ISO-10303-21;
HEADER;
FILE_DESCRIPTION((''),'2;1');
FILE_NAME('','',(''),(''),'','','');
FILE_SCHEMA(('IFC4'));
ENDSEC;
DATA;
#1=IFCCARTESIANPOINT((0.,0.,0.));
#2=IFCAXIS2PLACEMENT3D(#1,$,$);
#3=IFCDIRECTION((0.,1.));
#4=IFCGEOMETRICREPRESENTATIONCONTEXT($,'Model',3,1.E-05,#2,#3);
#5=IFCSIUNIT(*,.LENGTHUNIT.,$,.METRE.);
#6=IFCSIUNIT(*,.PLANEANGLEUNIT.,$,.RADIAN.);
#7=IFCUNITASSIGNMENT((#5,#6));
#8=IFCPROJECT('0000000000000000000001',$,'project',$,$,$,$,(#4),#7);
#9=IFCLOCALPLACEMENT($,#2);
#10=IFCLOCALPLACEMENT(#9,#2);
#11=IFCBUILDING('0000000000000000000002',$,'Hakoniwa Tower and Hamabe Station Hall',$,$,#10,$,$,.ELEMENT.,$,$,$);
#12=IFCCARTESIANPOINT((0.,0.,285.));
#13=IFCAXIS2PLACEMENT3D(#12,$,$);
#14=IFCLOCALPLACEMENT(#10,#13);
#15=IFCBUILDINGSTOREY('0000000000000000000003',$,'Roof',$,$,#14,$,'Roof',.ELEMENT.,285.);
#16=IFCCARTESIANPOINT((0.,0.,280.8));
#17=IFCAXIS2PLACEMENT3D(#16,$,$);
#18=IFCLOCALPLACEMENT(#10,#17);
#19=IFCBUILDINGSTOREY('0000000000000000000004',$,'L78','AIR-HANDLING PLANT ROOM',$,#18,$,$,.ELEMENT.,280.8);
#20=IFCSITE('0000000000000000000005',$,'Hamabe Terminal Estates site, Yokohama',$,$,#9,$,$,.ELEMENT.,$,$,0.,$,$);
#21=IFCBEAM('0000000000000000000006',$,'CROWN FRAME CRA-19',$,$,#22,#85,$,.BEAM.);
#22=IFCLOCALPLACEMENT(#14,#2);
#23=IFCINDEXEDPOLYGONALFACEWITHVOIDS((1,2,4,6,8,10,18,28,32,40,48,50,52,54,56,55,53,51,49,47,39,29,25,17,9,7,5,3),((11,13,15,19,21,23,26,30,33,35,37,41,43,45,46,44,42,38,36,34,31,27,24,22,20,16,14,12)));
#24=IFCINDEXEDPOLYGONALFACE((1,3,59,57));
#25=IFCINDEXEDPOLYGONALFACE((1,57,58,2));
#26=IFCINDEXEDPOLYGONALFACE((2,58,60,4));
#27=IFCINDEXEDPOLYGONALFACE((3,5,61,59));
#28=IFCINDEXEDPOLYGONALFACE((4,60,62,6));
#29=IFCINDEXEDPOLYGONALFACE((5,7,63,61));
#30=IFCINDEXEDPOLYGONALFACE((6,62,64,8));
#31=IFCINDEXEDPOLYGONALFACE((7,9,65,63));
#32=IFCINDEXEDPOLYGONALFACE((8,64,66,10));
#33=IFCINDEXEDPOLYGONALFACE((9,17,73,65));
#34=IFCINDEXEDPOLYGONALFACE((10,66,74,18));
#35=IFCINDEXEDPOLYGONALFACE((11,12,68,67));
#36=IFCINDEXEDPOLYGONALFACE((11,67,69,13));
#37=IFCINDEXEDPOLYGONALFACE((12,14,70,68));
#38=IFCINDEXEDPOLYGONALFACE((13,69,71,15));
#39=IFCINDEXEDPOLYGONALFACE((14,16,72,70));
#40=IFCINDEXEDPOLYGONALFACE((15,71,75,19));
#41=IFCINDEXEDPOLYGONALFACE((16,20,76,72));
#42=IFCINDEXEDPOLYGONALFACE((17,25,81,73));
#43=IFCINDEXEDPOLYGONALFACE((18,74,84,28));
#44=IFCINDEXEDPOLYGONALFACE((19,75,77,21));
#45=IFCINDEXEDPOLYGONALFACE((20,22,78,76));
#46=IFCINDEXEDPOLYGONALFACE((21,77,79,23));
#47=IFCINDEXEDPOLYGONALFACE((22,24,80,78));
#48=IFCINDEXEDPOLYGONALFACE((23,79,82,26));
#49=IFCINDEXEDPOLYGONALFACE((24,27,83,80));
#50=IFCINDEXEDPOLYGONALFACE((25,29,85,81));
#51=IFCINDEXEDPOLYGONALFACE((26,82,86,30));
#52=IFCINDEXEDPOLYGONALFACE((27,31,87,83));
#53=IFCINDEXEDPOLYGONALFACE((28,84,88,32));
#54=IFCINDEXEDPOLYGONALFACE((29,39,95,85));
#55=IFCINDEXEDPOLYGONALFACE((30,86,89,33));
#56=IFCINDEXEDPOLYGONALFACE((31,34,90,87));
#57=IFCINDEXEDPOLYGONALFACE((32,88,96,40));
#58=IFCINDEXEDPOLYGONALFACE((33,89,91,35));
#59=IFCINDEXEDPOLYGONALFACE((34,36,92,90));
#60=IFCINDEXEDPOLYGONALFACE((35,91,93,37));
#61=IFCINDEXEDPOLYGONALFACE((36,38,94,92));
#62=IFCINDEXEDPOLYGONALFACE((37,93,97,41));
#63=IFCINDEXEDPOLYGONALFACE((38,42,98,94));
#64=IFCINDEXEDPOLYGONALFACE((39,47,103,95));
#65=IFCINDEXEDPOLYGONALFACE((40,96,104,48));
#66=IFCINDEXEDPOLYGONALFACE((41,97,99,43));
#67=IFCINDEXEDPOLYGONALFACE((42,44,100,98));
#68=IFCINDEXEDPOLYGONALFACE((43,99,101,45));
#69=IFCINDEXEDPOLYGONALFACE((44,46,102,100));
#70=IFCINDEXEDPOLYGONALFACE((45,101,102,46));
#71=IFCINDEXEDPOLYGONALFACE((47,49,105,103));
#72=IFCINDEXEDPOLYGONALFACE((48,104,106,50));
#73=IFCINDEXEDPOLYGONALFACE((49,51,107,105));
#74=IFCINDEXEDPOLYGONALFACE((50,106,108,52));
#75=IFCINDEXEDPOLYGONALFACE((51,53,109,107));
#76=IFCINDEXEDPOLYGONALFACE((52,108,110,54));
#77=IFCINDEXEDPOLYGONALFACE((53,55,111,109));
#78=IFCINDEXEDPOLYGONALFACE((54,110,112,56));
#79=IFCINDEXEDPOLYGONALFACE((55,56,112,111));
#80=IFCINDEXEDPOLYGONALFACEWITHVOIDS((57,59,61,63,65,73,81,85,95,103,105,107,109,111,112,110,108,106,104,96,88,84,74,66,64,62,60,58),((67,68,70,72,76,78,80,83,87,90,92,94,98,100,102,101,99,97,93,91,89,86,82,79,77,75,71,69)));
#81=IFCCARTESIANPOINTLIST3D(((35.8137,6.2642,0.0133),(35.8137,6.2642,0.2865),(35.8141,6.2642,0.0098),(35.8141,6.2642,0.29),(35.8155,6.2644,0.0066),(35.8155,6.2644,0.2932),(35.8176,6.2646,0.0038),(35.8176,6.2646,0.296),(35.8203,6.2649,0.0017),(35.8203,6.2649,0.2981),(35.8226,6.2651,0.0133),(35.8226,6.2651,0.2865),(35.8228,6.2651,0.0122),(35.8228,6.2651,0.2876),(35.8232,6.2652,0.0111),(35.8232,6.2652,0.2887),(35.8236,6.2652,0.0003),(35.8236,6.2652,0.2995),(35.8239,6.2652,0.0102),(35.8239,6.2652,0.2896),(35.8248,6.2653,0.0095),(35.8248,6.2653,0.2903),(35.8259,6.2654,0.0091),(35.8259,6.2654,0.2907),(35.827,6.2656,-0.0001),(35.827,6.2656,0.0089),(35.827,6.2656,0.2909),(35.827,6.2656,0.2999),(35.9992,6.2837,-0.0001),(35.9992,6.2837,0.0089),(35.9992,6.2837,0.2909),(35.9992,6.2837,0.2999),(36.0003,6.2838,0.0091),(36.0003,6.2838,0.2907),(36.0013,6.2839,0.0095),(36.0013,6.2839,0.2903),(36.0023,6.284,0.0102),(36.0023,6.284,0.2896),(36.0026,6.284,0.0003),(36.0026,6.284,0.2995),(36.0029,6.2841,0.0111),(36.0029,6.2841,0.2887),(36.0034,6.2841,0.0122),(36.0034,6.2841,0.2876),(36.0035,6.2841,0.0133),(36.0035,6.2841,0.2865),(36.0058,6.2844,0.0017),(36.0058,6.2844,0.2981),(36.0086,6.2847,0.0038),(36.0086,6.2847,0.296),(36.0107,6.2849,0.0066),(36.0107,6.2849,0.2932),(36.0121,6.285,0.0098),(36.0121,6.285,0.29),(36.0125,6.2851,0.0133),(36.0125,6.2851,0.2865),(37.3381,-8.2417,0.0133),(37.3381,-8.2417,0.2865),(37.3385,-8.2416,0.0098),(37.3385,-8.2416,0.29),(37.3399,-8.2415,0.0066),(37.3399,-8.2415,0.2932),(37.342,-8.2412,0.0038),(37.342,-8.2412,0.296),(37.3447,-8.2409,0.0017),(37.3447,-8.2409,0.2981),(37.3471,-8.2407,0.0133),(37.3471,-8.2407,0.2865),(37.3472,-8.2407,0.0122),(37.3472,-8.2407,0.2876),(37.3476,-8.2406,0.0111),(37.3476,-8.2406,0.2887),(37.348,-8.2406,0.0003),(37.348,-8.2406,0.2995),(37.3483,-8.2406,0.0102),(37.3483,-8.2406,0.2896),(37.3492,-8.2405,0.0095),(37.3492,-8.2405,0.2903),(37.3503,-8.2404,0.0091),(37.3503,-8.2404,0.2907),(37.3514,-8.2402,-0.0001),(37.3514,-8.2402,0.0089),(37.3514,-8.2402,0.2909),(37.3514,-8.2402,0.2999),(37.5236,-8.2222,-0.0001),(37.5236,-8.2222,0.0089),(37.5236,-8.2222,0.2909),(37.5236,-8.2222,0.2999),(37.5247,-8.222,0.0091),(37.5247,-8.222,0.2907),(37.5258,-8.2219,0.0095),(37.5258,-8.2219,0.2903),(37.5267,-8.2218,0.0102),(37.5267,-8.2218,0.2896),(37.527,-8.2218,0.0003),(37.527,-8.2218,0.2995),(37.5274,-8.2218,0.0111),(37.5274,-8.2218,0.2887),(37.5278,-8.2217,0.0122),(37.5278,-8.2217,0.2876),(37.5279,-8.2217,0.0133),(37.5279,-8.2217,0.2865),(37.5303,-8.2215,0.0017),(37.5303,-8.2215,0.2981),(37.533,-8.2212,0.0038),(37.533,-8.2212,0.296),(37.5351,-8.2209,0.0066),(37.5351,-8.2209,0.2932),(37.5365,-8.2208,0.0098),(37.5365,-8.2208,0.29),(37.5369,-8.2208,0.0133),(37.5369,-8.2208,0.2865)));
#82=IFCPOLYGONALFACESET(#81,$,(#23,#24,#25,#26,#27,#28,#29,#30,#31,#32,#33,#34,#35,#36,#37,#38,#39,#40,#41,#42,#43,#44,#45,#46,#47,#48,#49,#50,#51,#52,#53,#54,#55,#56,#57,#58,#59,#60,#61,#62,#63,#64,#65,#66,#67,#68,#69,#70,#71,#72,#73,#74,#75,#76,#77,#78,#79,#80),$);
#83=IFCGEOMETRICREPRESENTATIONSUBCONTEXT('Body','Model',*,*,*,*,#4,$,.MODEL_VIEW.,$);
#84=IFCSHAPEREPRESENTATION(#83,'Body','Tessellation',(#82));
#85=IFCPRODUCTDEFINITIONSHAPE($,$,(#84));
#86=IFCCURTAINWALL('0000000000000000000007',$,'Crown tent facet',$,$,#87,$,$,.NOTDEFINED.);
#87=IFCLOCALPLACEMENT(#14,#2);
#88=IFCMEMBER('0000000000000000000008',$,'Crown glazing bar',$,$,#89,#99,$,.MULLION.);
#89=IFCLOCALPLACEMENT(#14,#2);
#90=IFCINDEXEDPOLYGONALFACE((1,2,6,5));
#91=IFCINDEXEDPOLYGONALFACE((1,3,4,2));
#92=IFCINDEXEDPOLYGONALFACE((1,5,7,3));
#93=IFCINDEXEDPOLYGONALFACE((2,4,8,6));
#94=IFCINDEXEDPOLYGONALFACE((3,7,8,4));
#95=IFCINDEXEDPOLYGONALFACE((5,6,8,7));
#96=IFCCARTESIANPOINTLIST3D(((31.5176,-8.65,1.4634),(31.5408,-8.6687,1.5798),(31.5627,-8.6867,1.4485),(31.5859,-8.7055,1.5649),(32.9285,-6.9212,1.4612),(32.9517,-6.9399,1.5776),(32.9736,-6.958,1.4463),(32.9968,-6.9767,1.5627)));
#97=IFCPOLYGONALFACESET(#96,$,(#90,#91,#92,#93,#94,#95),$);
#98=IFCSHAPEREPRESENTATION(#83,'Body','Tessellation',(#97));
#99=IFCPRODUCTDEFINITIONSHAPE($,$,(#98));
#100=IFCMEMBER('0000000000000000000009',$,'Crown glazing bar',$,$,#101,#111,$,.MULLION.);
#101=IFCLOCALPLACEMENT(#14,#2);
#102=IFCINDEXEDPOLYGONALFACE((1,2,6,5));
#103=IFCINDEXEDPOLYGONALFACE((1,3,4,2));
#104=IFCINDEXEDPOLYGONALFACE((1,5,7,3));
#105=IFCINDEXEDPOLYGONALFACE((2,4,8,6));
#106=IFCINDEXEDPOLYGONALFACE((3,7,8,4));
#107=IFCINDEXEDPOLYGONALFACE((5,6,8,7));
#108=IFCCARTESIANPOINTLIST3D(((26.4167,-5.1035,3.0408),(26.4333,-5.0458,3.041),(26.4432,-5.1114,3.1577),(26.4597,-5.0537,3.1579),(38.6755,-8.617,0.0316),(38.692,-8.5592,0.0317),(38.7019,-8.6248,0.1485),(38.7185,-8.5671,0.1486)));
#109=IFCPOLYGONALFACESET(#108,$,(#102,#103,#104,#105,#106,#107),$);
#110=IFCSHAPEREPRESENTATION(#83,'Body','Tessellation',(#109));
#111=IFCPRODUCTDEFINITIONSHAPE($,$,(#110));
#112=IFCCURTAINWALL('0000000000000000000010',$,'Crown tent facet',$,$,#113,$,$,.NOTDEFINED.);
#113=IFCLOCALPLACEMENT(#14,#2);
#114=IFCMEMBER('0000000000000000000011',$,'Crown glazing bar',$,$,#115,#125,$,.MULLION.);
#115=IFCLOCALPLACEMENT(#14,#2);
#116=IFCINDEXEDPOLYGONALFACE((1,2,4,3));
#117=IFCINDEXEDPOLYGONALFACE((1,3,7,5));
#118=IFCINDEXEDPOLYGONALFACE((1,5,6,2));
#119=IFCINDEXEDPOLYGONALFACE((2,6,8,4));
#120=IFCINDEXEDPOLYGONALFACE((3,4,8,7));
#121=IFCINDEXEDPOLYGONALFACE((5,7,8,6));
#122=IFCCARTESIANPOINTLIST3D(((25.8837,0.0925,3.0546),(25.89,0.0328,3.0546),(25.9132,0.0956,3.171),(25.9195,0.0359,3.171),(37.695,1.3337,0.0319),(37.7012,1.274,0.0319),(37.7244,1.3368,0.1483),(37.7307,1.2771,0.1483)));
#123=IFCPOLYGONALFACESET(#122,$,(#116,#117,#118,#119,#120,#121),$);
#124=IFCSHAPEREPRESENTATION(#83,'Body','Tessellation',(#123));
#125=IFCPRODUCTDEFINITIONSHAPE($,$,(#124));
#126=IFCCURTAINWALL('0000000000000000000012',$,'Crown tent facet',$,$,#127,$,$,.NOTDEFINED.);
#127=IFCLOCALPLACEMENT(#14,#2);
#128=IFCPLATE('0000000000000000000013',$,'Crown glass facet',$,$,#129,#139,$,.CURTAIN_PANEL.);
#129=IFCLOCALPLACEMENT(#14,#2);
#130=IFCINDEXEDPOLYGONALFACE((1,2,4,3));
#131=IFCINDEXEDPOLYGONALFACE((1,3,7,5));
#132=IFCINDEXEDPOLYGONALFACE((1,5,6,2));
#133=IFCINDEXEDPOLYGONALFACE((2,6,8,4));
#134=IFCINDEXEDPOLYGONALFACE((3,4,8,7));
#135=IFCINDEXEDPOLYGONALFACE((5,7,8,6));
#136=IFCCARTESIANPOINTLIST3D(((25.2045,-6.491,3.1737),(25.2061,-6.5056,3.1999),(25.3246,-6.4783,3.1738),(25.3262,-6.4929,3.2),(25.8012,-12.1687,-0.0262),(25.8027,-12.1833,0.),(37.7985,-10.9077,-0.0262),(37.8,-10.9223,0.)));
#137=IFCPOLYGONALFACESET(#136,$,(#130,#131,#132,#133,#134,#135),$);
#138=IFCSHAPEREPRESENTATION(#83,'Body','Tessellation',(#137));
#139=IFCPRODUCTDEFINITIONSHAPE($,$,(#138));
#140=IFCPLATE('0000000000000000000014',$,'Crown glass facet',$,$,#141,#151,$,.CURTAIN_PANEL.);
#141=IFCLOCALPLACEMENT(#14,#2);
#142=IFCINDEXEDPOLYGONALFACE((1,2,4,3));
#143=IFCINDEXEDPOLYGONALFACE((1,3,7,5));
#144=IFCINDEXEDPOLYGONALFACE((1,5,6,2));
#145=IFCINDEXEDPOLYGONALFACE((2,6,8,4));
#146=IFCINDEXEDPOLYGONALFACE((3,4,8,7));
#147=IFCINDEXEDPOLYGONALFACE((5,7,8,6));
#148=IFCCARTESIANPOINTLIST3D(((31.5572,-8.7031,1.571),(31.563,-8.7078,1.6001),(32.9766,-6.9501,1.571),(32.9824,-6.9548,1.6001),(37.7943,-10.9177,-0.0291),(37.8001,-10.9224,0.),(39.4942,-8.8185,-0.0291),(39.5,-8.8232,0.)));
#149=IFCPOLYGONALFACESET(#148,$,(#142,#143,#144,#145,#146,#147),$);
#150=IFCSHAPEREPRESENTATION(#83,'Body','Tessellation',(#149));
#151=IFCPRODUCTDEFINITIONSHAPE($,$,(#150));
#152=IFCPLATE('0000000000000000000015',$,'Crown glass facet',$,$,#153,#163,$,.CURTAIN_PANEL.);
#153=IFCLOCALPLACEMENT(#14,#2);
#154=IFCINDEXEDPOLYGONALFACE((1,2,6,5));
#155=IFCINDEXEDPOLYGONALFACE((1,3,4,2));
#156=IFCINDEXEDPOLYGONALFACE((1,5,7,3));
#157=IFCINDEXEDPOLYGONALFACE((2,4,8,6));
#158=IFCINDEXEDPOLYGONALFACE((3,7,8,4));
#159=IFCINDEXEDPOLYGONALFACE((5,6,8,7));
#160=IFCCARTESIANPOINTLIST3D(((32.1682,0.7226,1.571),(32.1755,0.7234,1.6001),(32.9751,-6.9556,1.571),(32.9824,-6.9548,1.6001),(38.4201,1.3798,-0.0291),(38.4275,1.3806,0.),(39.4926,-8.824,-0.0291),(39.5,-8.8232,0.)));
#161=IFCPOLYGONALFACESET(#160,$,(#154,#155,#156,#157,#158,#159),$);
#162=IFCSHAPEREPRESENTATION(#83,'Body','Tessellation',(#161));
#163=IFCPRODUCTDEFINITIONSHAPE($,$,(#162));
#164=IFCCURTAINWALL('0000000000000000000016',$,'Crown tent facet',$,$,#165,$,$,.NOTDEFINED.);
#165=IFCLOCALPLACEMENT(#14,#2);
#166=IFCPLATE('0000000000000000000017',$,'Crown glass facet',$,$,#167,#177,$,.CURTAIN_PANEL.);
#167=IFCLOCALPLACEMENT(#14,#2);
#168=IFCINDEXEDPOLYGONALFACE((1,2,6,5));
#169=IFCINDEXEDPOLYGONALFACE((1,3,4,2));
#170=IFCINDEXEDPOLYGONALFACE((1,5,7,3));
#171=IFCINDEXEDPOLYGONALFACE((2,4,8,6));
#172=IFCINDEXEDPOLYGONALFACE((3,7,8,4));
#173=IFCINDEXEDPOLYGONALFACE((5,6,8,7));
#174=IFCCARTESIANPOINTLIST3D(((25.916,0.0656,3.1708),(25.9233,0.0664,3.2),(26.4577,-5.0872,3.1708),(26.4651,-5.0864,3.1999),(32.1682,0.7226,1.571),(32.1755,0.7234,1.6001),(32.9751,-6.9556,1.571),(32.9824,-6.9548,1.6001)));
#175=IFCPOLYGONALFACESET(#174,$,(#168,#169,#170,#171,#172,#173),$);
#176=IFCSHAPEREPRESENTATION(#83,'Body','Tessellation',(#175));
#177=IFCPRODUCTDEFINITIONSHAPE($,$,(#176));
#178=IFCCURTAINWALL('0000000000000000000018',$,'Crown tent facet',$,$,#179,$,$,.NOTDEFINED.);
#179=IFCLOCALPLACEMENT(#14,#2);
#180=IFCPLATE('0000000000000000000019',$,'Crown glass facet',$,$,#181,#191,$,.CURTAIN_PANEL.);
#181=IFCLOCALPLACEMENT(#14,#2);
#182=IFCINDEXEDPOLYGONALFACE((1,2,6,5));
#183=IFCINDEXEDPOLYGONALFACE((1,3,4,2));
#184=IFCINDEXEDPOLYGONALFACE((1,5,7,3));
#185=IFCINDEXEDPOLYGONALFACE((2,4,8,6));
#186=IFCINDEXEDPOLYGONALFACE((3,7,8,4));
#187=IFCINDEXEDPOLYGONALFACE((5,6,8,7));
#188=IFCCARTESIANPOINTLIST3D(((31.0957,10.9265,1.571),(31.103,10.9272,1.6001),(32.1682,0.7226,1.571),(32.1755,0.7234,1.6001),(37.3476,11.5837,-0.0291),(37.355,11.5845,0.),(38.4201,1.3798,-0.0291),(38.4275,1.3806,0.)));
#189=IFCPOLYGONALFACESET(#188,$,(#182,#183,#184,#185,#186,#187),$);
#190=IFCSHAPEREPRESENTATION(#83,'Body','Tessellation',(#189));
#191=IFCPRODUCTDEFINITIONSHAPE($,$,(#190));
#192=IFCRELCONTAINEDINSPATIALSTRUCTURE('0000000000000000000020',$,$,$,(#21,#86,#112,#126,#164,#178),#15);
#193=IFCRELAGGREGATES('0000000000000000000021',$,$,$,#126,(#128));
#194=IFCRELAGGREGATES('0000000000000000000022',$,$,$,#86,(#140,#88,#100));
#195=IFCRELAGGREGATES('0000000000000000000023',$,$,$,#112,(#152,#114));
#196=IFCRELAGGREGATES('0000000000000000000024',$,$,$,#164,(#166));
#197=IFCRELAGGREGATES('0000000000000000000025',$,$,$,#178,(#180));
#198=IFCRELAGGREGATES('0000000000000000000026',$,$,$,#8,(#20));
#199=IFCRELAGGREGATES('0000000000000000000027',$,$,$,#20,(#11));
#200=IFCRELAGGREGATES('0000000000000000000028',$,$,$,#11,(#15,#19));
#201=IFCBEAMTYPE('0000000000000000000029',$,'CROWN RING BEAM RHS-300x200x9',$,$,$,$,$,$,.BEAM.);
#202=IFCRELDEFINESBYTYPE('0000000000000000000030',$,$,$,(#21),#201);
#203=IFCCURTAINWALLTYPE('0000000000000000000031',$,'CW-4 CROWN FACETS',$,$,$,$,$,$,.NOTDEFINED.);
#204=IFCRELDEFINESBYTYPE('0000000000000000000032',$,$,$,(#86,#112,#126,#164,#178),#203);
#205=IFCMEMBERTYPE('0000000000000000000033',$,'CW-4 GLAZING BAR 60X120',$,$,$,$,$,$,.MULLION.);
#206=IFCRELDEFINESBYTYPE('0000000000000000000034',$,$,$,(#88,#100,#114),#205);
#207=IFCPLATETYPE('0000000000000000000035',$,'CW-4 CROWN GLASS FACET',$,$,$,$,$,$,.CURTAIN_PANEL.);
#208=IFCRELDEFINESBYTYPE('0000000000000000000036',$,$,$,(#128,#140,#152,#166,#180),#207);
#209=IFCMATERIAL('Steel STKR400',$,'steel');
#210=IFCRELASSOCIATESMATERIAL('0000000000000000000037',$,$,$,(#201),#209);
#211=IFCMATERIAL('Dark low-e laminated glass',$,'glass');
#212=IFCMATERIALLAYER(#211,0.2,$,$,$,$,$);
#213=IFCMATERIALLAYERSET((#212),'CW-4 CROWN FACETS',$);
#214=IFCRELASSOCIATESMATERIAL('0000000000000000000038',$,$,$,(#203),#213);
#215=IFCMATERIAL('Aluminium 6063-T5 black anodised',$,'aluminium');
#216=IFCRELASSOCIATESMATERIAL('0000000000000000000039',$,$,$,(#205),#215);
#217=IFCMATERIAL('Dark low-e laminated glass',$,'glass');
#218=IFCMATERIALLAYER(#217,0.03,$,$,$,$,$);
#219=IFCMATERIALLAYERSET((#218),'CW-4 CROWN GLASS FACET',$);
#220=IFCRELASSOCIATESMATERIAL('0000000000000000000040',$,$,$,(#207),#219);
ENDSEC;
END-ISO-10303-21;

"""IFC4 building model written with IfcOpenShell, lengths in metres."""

from ifc_helpers import new_model, si_unit, direction, frame, origin, origin_2d, place, context, subcontext, project, spatial, polyline, rectangle, hollow_rectangle, outline, extrude, material, layer, layer_set, material_profile, profile_set, type_object, element, aggregate, save


model = new_model("IFC4")

# Units and contexts
model_context = context("Model", 3, precision=1e-05, world=origin(), true_north=direction((0.0, 1.0)))
body_context = subcontext(model_context, "Body", "Model", "MODEL_VIEW")
ifc_project = project(units=[si_unit("LENGTHUNIT", "METRE"), si_unit("PLANEANGLEUNIT", "RADIAN")], contexts=[model_context])

# Site, building, storey
site_placement = place(None, origin())
site = spatial("IfcSite", under=ifc_project, at=site_placement, Name="Hamabe Terminal Estates site, Yokohama", CompositionType="ELEMENT", RefElevation=0.0)
building_placement = place(site_placement, origin())
building = spatial("IfcBuilding", under=site, at=building_placement, Name="Hakoniwa Tower and Hamabe Station Hall", CompositionType="ELEMENT")
storey_1_placement = place(building_placement, frame((0.0, 0.0, 285.0)))
storey_1 = spatial("IfcBuildingStorey", under=building, at=storey_1_placement, Name="Roof", LongName="Roof", CompositionType="ELEMENT", Elevation=285.0)

# Beam
ifc_material_1 = material(Name="Steel STKR400", Category="steel")
ifc_material_profile_1 = material_profile(ifc_material_1, hollow_rectangle(XDim=0.2, YDim=0.3, WallThickness=0.009, InnerFilletRadius=0.0044, OuterFilletRadius=0.0134, at=origin_2d()), Name="RHS-300x200x9")
ifc_profile_set_1 = profile_set([ifc_material_profile_1], Name="Steel STKR400")
beam_type = type_object("IfcBeamType", Name="CROWN RING BEAM RHS-300x200x9", PredefinedType="BEAM", material=ifc_profile_set_1)
beam_1_placement = place(storey_1_placement, frame((37.4375, -8.2312, 0.1499), z_axis=(-0.104514, 0.994523, 0.0), x_axis=(-0.994523, -0.104514, 0.0)))
element("IfcBeam", 1, at=beam_1_placement, inside=storey_1, type_object=beam_type, Name="CROWN FRAME CRA-19", PredefinedType="BEAM", context=body_context, shape_type="SweptSolid", body=[
    extrude(hollow_rectangle(XDim=0.2, YDim=0.3, WallThickness=0.009, InnerFilletRadius=0.0044, OuterFilletRadius=0.0134, at=origin_2d()), origin(), (0.0, 0.0, 1.0), 14.5857),
])

# Curtain wall, members
ifc_material_2 = material(Name="Dark low-e laminated glass", Category="glass")
ifc_layer_1 = layer(ifc_material_2, 0.2)
ifc_layer_set_1 = layer_set([ifc_layer_1], Name="CW-4 CROWN FACETS")
curtain_wall_type = type_object("IfcCurtainWallType", Name="CW-4 CROWN FACETS", PredefinedType="NOTDEFINED", material=ifc_layer_set_1)
curtain_wall_1_placement = place(storey_1_placement, origin())
curtain_wall_1 = element("IfcCurtainWall", 2, at=curtain_wall_1_placement, inside=storey_1, type_object=curtain_wall_type, Name="Crown tent facet", PredefinedType="NOTDEFINED")
ifc_material_3 = material(Name="Aluminium 6063-T5 black anodised", Category="aluminium")
ifc_material_profile_2 = material_profile(ifc_material_3, rectangle(XDim=0.0601, YDim=0.1201, at=origin_2d()), Name="CW-4 GLAZING BAR 60X120")
ifc_profile_set_2 = profile_set([ifc_material_profile_2], Name="Aluminium 6063-T5 black anodised")
member_type_1 = type_object("IfcMemberType", Name="CW-4 GLAZING BAR 60X120", PredefinedType="MULLION", material=ifc_profile_set_2)
member_1_placement = place(storey_1_placement, frame((31.5518, -8.6777, 1.5142), z_axis=(0.632284, 0.774736, -0.000985), x_axis=(-0.750311, 0.612665, 0.248343)))
member_1 = element("IfcMember", 3, at=member_1_placement, type_object=member_type_1, Name="Crown glazing bar", PredefinedType="MULLION", context=body_context, shape_type="SweptSolid", body=[
    extrude(rectangle(XDim=0.0601, YDim=0.1201, at=origin_2d()), origin(), (0.0, 0.0, 1.0), 2.2314),
])
member_2_placement = place(storey_1_placement, frame((26.4382, -5.0786, 3.0994), z_axis=(0.935601, -0.268148, -0.22967), x_axis=(0.276033, 0.961146, 0.002296)))
member_2 = element("IfcMember", 4, at=member_2_placement, type_object=member_type_1, Name="Crown glazing bar", PredefinedType="MULLION", context=body_context, shape_type="SweptSolid", body=[
    extrude(rectangle(XDim=0.0601, YDim=0.1201, at=origin_2d()), origin(), (0.0, 0.0, 1.0), 13.1025),
])

# Curtain wall, member
curtain_wall_2_placement = place(storey_1_placement, origin())
curtain_wall_2 = element("IfcCurtainWall", 5, at=curtain_wall_2_placement, inside=storey_1, type_object=curtain_wall_type, Name="Crown tent facet", PredefinedType="NOTDEFINED")
member_3_placement = place(storey_1_placement, frame((25.9016, 0.0642, 3.1128), z_axis=(0.963797, 0.101282, -0.246652), x_axis=(-0.104511, 0.994524, 0.0)))
member_3 = element("IfcMember", 6, at=member_3_placement, type_object=member_type_1, Name="Crown glazing bar", PredefinedType="MULLION", context=body_context, shape_type="SweptSolid", body=[
    extrude(rectangle(XDim=0.0601, YDim=0.1201, at=origin_2d()), origin(), (0.0, 0.0, 1.0), 12.2549),
])

# Curtain wall, plate
curtain_wall_3_placement = place(storey_1_placement, origin())
curtain_wall_3 = element("IfcCurtainWall", 7, at=curtain_wall_3_placement, inside=storey_1, type_object=curtain_wall_type, Name="Crown tent facet", PredefinedType="NOTDEFINED")
ifc_material_4 = material(Name="Dark low-e laminated glass", Category="glass")
ifc_layer_2 = layer(ifc_material_4, 0.03)
ifc_layer_set_2 = layer_set([ifc_layer_2], Name="CW-4 CROWN GLASS FACET")
plate_type = type_object("IfcPlateType", Name="CW-4 CROWN GLASS FACET", PredefinedType="CURTAIN_PANEL", material=ifc_layer_set_2)
plate_1_placement = place(storey_1_placement, frame((25.3262, -6.4929, 3.2), z_axis=(0.051111, -0.486259, 0.872319), x_axis=(0.915966, -0.325256, -0.234977)))
plate_1 = element("IfcPlate", 8, at=plate_1_placement, type_object=plate_type, Name="Crown glass facet", PredefinedType="CURTAIN_PANEL", context=body_context, shape_type="SweptSolid", body=[
    extrude(outline(polyline([(0.0, 0.0), (13.6183, 0.0), (3.0393, -5.7975), (-0.1059, -0.0581), (0.0, 0.0)])), origin(), (0.0, 0.0, -1.0), 0.03),
])
aggregate(curtain_wall_3, [plate_1])

# Plate
plate_2_placement = place(storey_1_placement, frame((31.563, -8.7078, 1.6001), z_axis=(0.193009, -0.156298, 0.968668), x_axis=(0.629306, 0.777158, 0.000007)))
plate_2 = element("IfcPlate", 9, at=plate_2_placement, type_object=plate_type, Name="Crown glass facet", PredefinedType="CURTAIN_PANEL", context=body_context, shape_type="SweptSolid", body=[
    extrude(outline(polyline([(0.0, 0.0), (2.2556, 0.0), (4.905, -6.4428), (2.2039, -6.4427), (0.0, 0.0)])), origin(), (0.0, 0.0, -1.0), 0.03),
])
aggregate(curtain_wall_1, [plate_2, member_1, member_2])

# Plate
plate_3_placement = place(storey_1_placement, frame((39.5, -8.8232, 0.0), z_axis=(0.245314, 0.025782, 0.969101), x_axis=(-0.935579, 0.268205, 0.229693)))
plate_3 = element("IfcPlate", 10, at=plate_3_placement, type_object=plate_type, Name="Crown glass facet", PredefinedType="CURTAIN_PANEL", context=body_context, shape_type="SweptSolid", body=[
    extrude(outline(polyline([(0.0, 0.0), (6.9664, 0.0), (9.7806, -7.1893), (3.7401, -9.5541), (0.0, 0.0)])), origin(), (0.0, 0.0, -1.0), 0.03),
])
aggregate(curtain_wall_2, [plate_3, member_3])

# Curtain walls, plates
curtain_wall_4_placement = place(storey_1_placement, origin())
curtain_wall_4 = element("IfcCurtainWall", 11, at=curtain_wall_4_placement, inside=storey_1, type_object=curtain_wall_type, Name="Crown tent facet", PredefinedType="NOTDEFINED")
plate_4_placement = place(storey_1_placement, frame((25.9233, 0.0664, 3.2), z_axis=(0.245279, 0.025781, 0.96911), x_axis=(0.963803, 0.101277, -0.24663)))
plate_4 = element("IfcPlate", 12, at=plate_4_placement, type_object=plate_type, Name="Crown glass facet", PredefinedType="CURTAIN_PANEL", context=body_context, shape_type="SweptSolid", body=[
    extrude(outline(polyline([(0.0, 0.0), (6.487, 0.0), (6.4871, -7.7205), (0.0003, -5.1812), (0.0, 0.0)])), origin(), (0.0, 0.0, -1.0), 0.03),
])
aggregate(curtain_wall_4, [plate_4])
curtain_wall_5_placement = place(storey_1_placement, origin())
curtain_wall_5 = element("IfcCurtainWall", 13, at=curtain_wall_5_placement, inside=storey_1, type_object=curtain_wall_type, Name="Crown tent facet", PredefinedType="NOTDEFINED")
plate_5_placement = place(storey_1_placement, frame((38.4275, 1.3806, 0.0), z_axis=(0.245317, 0.025785, 0.9691), x_axis=(-0.963789, -0.101317, 0.246668)))
plate_5 = element("IfcPlate", 14, at=plate_5_placement, type_object=plate_type, Name="Crown glass facet", PredefinedType="CURTAIN_PANEL", context=body_context, shape_type="SweptSolid", body=[
    extrude(outline(polyline([(0.0, 0.0), (6.4868, 0.0), (6.4867, -10.2601), (-0.0001, -10.2601), (0.0, 0.0)])), origin(), (0.0, 0.0, -1.0), 0.03),
])
aggregate(curtain_wall_5, [plate_5])

# Shared definitions
storey_2_placement = place(building_placement, frame((0.0, 0.0, 280.8)))
storey_2 = spatial("IfcBuildingStorey", under=building, at=storey_2_placement, Name="L78", Description="AIR-HANDLING PLANT ROOM", CompositionType="ELEMENT", Elevation=280.8)

save(model, "model.ifc")
